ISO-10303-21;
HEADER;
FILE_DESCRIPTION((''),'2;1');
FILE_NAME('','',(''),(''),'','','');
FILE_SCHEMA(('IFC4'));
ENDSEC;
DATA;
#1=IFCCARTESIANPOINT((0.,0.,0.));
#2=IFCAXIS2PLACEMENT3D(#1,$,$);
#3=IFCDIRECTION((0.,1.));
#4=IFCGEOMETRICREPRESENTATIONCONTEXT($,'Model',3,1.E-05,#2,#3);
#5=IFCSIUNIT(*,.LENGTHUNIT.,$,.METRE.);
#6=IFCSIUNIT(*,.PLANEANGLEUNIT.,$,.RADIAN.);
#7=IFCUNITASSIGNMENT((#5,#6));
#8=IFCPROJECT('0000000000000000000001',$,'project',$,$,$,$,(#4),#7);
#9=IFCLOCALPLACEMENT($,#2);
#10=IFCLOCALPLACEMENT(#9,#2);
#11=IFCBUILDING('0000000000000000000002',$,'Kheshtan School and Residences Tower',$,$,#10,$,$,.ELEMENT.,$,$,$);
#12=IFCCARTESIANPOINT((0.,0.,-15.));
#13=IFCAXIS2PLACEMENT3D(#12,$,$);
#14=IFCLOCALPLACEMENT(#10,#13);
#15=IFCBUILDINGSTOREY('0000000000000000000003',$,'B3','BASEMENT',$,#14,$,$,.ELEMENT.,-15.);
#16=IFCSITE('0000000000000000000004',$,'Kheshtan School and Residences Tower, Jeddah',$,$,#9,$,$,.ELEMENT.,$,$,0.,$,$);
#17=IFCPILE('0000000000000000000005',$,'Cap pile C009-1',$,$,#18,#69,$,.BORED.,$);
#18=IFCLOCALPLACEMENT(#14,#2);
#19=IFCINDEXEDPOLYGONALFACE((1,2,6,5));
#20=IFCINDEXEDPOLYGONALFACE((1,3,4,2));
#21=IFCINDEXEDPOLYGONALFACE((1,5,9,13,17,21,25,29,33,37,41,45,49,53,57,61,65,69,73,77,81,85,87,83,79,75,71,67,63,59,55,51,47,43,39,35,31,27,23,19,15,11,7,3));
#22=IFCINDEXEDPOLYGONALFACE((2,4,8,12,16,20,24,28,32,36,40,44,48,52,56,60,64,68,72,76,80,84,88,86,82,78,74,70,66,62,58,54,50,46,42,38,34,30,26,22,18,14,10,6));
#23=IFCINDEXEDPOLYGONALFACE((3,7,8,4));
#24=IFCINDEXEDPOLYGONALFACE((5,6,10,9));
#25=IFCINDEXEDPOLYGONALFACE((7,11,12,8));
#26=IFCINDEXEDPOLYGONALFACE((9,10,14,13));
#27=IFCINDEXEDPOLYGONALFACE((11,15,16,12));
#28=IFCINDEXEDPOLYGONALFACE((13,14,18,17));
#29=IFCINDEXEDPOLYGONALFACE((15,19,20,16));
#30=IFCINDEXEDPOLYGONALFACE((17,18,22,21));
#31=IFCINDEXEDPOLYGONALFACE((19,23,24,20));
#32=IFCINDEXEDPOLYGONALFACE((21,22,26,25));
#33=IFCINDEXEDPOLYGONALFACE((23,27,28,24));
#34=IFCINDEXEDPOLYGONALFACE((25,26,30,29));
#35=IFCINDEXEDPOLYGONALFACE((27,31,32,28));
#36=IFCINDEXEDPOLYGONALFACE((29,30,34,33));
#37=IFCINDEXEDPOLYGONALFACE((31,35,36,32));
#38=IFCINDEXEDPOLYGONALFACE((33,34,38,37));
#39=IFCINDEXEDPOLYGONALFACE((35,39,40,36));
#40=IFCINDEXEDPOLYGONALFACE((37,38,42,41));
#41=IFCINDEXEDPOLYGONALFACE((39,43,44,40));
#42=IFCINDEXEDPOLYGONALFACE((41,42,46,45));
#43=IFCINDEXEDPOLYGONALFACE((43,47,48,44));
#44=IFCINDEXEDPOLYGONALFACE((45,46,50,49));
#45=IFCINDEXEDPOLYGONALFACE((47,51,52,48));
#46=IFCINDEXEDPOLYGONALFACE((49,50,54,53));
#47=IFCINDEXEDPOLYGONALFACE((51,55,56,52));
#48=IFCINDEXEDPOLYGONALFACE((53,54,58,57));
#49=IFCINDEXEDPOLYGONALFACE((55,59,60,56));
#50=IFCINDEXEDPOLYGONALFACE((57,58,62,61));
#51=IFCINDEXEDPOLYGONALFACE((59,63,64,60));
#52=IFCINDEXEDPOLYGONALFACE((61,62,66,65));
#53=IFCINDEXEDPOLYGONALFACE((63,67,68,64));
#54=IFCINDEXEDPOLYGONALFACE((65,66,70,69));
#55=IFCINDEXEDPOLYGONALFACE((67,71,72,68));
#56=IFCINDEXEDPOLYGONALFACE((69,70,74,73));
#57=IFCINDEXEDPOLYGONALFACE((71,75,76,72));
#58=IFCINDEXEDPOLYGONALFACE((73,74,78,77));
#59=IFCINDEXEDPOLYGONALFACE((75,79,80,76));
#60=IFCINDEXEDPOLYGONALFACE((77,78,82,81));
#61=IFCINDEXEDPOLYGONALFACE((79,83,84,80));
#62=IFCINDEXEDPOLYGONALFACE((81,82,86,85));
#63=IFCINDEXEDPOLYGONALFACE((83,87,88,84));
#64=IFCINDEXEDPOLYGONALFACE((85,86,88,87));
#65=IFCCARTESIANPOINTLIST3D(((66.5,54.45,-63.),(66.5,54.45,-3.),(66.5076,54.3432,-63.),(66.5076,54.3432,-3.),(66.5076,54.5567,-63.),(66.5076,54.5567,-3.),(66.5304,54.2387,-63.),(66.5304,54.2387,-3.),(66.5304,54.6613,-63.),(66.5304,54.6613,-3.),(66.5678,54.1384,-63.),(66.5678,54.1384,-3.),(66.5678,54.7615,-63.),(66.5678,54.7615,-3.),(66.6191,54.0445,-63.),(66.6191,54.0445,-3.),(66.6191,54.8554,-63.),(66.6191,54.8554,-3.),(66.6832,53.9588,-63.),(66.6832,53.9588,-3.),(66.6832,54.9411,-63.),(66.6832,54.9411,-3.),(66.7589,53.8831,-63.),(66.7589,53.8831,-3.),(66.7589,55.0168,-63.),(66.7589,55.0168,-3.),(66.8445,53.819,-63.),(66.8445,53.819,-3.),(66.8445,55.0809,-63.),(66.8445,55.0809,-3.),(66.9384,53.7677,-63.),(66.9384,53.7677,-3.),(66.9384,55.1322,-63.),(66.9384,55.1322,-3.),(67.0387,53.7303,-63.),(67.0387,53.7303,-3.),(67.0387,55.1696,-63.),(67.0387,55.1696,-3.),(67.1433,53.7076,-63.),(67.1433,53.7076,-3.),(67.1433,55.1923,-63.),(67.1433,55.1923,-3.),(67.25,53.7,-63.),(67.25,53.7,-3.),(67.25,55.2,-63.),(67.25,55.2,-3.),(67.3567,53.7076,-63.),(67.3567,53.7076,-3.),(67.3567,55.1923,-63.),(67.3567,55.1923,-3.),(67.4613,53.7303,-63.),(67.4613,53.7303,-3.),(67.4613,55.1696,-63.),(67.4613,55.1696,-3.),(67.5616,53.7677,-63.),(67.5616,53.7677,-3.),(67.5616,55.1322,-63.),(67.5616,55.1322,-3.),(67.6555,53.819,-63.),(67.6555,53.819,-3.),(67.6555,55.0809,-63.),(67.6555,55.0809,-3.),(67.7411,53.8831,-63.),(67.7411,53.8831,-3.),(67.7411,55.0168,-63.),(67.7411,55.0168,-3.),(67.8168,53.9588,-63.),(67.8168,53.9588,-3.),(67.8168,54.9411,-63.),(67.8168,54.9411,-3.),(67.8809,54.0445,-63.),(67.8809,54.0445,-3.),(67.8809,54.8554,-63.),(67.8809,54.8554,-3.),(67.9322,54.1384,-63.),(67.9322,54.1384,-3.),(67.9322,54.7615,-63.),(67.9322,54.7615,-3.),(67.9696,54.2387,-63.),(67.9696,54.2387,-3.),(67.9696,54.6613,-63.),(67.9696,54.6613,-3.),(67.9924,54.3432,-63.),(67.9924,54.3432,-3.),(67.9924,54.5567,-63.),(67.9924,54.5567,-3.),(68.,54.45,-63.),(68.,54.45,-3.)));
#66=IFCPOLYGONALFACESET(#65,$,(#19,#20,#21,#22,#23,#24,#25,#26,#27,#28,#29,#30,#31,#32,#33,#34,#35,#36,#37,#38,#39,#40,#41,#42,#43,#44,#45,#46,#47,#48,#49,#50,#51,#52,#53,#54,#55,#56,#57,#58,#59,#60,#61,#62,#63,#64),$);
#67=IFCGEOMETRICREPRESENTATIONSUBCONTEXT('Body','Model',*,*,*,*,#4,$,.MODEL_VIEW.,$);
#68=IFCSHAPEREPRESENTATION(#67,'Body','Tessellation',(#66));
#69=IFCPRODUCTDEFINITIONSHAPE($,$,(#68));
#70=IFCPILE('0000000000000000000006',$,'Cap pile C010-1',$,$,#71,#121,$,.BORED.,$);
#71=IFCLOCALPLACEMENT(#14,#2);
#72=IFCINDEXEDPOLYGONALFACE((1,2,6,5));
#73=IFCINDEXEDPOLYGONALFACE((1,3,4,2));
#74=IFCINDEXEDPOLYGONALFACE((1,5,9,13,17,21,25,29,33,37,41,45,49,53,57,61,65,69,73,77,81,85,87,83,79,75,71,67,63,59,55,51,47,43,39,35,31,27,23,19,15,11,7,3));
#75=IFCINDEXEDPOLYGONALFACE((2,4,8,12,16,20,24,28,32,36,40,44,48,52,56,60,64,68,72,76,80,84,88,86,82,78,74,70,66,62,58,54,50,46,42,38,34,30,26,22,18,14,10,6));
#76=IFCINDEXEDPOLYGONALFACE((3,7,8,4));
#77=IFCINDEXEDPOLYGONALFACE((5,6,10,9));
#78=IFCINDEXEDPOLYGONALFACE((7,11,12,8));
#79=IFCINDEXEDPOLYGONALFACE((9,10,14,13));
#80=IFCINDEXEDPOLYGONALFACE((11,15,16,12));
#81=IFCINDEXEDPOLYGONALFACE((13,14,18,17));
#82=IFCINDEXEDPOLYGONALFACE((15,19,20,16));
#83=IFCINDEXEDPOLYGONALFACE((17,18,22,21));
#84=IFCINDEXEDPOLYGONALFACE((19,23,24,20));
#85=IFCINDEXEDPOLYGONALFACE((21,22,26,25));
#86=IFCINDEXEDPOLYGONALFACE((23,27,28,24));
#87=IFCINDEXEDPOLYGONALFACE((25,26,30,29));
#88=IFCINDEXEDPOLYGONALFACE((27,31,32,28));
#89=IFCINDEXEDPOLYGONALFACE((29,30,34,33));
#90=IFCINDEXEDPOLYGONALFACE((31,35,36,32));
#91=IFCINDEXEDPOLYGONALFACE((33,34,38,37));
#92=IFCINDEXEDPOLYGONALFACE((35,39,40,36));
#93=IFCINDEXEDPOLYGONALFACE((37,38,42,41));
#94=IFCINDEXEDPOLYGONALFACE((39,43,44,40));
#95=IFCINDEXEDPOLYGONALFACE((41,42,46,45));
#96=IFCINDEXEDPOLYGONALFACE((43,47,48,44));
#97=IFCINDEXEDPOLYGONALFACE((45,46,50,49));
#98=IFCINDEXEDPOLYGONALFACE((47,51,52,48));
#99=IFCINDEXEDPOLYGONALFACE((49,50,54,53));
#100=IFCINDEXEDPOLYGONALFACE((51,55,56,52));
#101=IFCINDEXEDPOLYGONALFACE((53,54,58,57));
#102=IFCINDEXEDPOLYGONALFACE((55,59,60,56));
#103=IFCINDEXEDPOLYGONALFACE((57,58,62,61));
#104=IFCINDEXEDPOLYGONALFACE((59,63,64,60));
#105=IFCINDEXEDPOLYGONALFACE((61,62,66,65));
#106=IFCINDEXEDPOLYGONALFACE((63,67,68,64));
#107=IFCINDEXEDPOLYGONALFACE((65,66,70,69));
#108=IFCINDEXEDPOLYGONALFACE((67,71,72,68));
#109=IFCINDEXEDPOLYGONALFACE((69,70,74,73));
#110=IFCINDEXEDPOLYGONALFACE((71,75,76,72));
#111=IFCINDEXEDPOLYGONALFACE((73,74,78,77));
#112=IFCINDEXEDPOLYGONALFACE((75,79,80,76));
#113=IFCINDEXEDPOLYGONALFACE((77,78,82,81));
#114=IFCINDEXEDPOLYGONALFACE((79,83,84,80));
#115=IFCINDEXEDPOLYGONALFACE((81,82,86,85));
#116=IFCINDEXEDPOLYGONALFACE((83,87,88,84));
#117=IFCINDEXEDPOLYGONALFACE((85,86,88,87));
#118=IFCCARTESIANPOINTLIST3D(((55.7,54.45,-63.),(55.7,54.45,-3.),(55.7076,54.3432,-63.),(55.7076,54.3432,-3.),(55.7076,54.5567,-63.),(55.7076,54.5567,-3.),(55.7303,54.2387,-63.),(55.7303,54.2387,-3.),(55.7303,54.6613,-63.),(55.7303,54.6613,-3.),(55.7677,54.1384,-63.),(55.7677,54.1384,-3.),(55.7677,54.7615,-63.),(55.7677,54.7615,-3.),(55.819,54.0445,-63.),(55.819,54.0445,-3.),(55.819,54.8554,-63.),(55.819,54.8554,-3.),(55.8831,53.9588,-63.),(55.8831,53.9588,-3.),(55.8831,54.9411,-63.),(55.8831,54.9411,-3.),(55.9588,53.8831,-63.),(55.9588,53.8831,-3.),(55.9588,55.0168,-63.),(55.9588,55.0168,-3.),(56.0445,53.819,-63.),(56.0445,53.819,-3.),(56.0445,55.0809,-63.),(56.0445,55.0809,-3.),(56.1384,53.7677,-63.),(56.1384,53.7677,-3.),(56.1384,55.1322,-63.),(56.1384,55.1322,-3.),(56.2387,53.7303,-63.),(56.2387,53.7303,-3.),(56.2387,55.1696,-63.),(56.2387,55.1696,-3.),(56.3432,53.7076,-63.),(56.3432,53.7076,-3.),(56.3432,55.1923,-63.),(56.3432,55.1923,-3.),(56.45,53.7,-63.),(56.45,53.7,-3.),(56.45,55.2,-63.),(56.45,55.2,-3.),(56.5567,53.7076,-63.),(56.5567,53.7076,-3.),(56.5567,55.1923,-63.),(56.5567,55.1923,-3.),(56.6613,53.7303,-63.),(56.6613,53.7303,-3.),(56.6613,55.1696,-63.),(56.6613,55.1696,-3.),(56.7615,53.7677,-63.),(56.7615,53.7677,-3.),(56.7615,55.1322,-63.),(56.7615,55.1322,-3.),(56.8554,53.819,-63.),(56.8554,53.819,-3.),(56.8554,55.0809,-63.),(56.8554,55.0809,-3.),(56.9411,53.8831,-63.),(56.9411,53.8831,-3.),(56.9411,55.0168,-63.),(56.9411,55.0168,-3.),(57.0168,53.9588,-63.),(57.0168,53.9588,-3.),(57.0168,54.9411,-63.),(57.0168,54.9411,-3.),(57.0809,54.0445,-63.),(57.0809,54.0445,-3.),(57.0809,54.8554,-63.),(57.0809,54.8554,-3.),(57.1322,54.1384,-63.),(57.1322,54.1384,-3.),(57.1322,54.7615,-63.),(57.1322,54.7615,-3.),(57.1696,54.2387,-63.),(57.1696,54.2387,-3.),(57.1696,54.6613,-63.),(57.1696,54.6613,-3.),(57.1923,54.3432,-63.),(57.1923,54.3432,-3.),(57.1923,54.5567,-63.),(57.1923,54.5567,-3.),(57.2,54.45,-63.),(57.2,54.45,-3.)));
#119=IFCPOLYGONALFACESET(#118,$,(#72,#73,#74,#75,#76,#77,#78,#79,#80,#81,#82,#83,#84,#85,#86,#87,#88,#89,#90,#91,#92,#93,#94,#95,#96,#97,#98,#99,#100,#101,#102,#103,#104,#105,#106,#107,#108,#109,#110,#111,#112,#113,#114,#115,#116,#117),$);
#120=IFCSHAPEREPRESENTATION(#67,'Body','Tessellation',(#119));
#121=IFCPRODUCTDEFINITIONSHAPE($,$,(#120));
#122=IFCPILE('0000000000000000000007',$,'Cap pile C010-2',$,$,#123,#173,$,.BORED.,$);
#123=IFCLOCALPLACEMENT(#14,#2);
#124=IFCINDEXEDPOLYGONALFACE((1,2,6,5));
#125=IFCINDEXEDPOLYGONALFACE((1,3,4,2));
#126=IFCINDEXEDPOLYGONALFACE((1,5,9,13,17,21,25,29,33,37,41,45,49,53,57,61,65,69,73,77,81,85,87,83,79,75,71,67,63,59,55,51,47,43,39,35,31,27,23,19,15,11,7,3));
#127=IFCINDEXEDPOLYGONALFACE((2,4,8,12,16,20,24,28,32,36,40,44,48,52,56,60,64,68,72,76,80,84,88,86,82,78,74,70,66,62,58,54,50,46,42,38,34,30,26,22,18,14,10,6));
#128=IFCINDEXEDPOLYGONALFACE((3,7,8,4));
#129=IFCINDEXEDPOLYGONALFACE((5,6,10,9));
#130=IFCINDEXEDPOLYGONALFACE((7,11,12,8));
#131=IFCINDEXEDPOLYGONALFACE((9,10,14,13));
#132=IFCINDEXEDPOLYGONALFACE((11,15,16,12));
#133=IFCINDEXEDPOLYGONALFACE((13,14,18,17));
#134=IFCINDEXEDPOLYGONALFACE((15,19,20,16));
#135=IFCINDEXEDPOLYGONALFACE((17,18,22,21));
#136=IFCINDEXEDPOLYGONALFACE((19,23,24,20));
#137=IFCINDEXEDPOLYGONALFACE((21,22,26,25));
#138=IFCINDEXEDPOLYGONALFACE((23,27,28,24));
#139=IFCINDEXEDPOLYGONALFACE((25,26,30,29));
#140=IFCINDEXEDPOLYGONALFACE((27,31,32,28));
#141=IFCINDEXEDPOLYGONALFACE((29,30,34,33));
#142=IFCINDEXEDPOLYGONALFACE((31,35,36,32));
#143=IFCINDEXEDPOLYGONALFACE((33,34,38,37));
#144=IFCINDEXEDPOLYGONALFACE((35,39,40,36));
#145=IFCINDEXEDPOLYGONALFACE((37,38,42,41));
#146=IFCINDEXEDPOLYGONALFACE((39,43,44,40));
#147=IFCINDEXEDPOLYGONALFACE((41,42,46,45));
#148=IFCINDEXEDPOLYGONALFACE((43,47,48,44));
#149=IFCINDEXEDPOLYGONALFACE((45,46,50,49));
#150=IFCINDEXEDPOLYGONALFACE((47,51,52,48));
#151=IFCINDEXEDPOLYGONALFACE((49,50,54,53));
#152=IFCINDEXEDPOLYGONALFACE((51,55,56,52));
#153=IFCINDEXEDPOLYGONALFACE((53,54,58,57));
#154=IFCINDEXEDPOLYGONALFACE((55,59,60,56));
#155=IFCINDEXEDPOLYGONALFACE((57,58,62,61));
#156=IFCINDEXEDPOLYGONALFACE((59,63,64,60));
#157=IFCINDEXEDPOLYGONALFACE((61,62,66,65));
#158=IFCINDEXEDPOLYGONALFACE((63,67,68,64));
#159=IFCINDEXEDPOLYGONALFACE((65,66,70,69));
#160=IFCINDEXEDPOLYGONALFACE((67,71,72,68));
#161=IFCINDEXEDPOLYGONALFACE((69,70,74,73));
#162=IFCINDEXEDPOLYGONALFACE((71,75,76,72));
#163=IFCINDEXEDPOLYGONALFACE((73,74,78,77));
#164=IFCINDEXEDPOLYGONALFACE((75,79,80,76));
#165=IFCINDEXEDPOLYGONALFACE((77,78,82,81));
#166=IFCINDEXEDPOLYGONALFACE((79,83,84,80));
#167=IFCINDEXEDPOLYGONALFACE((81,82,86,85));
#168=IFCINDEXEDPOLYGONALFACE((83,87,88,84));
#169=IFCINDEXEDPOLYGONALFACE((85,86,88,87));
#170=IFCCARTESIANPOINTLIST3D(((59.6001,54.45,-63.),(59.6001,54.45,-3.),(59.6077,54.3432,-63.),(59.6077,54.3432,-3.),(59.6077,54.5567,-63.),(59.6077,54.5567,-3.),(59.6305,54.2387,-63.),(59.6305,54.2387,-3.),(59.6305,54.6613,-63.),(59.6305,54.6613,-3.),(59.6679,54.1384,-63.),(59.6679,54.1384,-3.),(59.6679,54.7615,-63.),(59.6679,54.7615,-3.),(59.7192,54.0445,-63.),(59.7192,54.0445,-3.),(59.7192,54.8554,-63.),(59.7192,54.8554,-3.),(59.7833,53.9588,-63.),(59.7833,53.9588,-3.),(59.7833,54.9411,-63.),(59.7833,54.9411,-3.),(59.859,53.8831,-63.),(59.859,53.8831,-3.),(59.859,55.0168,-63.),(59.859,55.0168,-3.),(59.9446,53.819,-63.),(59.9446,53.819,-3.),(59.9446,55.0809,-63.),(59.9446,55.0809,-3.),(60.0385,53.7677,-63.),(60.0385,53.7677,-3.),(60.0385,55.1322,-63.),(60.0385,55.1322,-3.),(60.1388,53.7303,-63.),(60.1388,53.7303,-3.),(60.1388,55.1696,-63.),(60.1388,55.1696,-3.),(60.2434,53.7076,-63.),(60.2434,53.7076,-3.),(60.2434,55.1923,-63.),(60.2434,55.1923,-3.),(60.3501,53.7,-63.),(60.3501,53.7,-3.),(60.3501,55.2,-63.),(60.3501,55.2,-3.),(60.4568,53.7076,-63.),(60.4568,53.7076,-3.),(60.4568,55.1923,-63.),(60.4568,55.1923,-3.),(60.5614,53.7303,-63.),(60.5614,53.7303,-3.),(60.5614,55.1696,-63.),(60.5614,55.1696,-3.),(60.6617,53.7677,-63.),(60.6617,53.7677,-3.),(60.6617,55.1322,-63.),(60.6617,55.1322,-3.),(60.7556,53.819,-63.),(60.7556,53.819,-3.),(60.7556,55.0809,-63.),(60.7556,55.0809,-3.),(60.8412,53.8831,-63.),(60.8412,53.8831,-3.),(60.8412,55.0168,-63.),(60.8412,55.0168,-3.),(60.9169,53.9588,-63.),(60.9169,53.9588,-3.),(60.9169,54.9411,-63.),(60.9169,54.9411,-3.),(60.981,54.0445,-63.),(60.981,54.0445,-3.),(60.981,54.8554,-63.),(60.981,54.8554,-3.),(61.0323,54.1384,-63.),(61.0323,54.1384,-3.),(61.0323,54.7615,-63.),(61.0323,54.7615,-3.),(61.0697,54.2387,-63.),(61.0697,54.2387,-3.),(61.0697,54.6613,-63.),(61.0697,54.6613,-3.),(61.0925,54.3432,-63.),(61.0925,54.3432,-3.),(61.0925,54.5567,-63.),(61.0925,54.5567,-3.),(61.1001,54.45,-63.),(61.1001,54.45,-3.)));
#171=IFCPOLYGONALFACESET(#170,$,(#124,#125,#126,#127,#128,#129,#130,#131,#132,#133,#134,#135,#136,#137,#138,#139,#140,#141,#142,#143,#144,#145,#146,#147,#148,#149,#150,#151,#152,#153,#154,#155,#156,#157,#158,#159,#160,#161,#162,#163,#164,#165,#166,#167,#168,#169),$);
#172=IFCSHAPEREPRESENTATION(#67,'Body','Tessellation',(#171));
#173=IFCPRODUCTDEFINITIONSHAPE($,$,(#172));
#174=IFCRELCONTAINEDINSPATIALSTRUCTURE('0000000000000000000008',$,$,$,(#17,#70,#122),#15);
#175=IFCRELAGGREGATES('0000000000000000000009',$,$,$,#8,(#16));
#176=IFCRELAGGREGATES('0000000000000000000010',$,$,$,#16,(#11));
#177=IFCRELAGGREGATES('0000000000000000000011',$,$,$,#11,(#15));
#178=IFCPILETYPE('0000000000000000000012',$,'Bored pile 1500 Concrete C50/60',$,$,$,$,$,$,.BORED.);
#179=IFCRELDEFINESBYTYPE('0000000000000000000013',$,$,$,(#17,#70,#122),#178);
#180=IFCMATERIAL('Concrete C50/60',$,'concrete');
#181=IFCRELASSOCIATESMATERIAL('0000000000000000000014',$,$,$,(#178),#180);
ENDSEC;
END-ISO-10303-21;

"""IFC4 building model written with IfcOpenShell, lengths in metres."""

from ifc_helpers import new_model, si_unit, direction, frame, origin, origin_2d, place, context, subcontext, project, spatial, circle, extrude, material, material_profile, profile_set, type_object, element, save


model = new_model("IFC4")

# Units and contexts
model_context = context("Model", 3, precision=1e-05, world=origin(), true_north=direction((0.0, 1.0)))
body_context = subcontext(model_context, "Body", "Model", "MODEL_VIEW")
ifc_project = project(units=[si_unit("LENGTHUNIT", "METRE"), si_unit("PLANEANGLEUNIT", "RADIAN")], contexts=[model_context])

# Site, building, storey
site_placement = place(None, origin())
site = spatial("IfcSite", under=ifc_project, at=site_placement, Name="Kheshtan School and Residences Tower, Jeddah", CompositionType="ELEMENT", RefElevation=0.0)
building_placement = place(site_placement, origin())
building = spatial("IfcBuilding", under=site, at=building_placement, Name="Kheshtan School and Residences Tower", CompositionType="ELEMENT")
storey_placement = place(building_placement, frame((0.0, 0.0, -15.0)))
storey = spatial("IfcBuildingStorey", under=building, at=storey_placement, Name="B3", Description="BASEMENT", CompositionType="ELEMENT", Elevation=-15.0)

# Piles
ifc_material_1 = material(Name="Concrete C50/60", Category="concrete")
ifc_material_profile_1 = material_profile(ifc_material_1, circle(Radius=0.75, at=origin_2d()), Name="BP 1500")
ifc_profile_set_1 = profile_set([ifc_material_profile_1], Name="Concrete C50/60")
pile_type_1 = type_object("IfcPileType", Name="Bored pile 1500 Concrete C50/60", PredefinedType="BORED", material=ifc_profile_set_1)
for number, where, z_axis, x_axis, name in (
    (1, (67.25, 54.45, -3.0), (0.0, 0.0, -1.0), (1.0, 0.0, 0.0), "Cap pile C009-1"),
    (2, (56.45, 54.45, -3.0), (0.0, 0.0, -1.0), (1.0, 0.0, 0.0), "Cap pile C010-1"),
    (3, (60.3501, 54.45, -3.0), (0.0, 0.0, -1.0), (1.0, 0.0, 0.0), "Cap pile C010-2"),
):
    element("IfcPile", number, at=place(storey_placement, frame(where, z_axis=z_axis, x_axis=x_axis)), inside=storey, type_object=pile_type_1, Name=name, PredefinedType="BORED", context=body_context, shape_type="SweptSolid", body=[
        extrude(circle(Radius=0.75, at=origin_2d()), origin(), (0.0, 0.0, 1.0), 60.0),
    ])

save(model, "model.ifc")
